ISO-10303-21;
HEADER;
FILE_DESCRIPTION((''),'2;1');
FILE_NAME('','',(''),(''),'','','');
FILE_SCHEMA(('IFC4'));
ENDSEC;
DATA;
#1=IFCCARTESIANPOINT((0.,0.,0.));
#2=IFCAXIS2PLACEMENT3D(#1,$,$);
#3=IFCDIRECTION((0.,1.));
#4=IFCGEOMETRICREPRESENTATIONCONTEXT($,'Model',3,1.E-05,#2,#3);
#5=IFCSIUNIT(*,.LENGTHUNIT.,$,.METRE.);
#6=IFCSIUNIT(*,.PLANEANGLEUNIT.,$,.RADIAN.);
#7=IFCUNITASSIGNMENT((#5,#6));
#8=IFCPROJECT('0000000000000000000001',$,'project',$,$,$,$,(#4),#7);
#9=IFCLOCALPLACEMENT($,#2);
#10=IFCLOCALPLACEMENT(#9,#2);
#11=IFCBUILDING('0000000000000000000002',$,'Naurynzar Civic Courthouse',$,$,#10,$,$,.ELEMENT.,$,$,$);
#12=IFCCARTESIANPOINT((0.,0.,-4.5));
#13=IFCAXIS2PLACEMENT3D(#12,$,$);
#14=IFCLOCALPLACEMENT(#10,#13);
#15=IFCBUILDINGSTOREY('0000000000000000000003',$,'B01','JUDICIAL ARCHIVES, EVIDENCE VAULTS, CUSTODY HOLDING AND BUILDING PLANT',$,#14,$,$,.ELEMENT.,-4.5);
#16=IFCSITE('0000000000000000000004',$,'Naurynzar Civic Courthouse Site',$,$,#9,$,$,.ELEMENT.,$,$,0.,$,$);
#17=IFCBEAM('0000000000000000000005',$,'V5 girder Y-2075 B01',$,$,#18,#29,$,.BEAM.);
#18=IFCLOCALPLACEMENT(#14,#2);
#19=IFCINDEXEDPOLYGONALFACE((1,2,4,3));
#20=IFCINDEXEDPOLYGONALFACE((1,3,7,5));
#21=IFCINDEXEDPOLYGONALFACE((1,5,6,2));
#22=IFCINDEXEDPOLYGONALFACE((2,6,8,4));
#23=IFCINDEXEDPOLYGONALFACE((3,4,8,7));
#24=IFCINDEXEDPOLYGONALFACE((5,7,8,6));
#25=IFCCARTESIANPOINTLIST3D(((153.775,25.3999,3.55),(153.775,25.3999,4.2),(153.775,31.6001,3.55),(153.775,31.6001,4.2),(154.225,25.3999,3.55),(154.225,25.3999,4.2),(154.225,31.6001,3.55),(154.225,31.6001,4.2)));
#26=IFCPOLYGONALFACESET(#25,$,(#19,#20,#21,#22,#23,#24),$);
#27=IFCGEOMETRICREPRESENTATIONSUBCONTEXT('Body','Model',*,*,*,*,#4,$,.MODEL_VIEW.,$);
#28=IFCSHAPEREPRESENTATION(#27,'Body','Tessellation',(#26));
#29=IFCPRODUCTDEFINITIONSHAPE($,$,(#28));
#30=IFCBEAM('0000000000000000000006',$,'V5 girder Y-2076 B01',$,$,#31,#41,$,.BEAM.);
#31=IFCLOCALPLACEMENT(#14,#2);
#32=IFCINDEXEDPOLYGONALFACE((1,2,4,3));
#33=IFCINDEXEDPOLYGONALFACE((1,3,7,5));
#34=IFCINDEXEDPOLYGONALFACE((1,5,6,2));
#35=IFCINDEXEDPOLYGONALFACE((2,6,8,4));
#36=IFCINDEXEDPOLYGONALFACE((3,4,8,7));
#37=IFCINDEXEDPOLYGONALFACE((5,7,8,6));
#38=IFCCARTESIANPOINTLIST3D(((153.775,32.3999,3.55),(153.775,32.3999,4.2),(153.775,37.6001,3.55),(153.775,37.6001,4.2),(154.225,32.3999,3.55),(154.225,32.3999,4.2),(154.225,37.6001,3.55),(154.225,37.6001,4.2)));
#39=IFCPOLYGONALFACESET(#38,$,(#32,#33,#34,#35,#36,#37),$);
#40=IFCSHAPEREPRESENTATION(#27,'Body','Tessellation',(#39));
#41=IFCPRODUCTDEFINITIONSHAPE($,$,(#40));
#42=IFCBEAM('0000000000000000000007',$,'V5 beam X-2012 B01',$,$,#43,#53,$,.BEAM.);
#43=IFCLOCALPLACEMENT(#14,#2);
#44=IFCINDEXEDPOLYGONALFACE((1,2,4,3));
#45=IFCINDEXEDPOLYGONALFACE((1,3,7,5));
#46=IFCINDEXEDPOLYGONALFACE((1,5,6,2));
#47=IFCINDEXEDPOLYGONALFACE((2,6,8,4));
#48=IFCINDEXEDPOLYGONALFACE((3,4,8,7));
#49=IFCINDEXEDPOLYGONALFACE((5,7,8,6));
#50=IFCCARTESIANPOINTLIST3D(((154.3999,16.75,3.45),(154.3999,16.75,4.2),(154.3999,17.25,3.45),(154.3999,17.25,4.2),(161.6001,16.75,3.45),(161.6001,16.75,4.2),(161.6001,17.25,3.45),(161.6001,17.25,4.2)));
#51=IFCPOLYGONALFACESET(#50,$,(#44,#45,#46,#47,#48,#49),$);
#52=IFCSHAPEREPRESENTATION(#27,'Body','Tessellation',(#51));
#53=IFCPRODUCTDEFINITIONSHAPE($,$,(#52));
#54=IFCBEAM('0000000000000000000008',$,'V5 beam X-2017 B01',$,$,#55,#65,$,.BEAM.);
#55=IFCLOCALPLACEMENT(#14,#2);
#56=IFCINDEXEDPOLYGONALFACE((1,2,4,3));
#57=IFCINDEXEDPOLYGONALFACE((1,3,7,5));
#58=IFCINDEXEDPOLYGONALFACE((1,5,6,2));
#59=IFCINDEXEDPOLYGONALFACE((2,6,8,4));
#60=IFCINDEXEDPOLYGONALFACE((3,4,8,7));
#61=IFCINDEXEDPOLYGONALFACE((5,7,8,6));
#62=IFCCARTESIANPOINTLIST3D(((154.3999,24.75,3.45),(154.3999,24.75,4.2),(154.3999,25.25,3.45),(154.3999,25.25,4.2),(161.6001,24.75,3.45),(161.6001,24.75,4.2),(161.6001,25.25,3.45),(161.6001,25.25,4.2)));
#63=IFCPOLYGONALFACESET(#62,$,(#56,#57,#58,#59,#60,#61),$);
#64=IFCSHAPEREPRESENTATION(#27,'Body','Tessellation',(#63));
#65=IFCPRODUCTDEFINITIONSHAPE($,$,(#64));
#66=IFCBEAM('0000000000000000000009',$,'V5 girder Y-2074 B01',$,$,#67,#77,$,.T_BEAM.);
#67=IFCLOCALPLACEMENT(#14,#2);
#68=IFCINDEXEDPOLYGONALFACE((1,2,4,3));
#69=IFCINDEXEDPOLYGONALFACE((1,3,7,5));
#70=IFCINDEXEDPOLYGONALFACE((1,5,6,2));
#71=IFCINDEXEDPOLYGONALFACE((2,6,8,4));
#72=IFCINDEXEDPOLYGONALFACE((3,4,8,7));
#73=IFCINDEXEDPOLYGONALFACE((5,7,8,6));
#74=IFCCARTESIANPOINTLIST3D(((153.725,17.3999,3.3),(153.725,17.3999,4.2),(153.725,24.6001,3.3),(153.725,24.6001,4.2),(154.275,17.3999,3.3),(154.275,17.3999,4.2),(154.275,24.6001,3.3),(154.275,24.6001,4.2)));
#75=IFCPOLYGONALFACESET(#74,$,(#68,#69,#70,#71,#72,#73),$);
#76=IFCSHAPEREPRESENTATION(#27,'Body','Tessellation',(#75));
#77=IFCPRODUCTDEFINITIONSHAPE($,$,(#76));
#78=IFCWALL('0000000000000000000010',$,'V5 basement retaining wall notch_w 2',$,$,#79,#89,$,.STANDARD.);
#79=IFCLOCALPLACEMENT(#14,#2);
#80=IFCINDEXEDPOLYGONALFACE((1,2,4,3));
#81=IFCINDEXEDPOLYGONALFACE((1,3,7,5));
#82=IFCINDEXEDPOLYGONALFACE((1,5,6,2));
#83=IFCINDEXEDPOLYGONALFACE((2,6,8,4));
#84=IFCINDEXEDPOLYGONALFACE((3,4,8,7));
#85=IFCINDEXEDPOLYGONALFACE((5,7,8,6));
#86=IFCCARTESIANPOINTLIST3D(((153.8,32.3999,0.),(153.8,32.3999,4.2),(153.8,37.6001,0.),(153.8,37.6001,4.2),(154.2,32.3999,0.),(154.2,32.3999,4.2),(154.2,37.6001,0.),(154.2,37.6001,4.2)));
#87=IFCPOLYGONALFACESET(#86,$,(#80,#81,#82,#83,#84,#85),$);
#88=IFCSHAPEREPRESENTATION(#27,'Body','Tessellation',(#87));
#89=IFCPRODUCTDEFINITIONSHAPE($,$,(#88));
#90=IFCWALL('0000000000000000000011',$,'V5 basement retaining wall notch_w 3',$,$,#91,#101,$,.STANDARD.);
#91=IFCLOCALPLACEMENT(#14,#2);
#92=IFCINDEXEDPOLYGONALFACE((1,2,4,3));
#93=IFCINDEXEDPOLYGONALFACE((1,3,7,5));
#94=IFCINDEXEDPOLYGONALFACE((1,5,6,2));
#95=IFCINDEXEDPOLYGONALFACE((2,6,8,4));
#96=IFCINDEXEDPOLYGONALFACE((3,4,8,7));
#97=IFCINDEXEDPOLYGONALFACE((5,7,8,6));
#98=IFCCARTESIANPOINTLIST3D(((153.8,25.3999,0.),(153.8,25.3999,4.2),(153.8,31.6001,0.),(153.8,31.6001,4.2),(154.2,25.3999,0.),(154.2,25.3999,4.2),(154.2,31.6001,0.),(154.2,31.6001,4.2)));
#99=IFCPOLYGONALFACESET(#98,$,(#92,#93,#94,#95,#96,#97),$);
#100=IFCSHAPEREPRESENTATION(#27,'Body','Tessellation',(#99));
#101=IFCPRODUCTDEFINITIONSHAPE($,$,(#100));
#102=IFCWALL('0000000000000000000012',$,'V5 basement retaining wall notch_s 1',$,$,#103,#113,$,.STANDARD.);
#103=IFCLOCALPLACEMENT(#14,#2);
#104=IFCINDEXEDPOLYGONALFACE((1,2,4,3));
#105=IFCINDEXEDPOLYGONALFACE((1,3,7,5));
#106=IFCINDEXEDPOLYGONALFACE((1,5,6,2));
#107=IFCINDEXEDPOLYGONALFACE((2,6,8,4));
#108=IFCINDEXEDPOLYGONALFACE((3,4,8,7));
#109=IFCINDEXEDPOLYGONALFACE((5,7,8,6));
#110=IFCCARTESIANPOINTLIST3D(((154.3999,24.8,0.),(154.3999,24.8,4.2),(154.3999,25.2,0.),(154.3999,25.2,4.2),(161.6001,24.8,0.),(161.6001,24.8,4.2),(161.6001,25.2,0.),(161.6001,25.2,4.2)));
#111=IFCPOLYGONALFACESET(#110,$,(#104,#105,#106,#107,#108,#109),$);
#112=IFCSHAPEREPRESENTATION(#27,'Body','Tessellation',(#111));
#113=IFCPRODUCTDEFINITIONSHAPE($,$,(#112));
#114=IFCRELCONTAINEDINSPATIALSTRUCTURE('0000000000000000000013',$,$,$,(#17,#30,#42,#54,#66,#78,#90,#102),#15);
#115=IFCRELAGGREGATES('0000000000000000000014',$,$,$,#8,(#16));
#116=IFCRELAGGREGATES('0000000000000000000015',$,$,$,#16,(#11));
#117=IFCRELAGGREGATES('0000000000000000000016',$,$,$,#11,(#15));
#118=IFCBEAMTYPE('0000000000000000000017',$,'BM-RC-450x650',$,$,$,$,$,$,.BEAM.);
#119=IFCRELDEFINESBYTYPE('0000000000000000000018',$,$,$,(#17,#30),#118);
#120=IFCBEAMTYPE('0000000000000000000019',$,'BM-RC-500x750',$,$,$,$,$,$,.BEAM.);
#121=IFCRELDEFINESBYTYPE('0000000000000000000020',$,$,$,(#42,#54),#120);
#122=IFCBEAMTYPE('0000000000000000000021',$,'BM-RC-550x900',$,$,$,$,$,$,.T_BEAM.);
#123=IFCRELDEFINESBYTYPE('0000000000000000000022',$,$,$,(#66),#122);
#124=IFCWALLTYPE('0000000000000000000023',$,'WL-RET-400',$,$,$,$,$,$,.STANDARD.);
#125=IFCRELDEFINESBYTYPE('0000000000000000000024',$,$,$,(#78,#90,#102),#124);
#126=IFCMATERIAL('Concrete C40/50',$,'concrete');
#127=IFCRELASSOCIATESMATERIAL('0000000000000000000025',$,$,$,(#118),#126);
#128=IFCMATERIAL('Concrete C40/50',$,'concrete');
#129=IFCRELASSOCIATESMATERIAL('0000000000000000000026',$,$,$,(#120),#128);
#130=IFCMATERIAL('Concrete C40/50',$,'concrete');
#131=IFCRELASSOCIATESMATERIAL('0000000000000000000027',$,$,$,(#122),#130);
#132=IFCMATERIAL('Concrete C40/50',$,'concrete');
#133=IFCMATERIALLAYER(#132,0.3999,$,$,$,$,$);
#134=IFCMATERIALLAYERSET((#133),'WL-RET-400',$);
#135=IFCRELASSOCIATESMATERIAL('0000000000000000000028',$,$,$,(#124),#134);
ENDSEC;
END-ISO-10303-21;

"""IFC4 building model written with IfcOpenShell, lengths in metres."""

from ifc_helpers import new_model, si_unit, direction, frame, frame_2d, origin, origin_2d, place, context, subcontext, project, spatial, rectangle, extrude, material, layer, layer_set, material_profile, profile_set, type_object, element, save


model = new_model("IFC4")

# Units and contexts
model_context = context("Model", 3, precision=1e-05, world=origin(), true_north=direction((0.0, 1.0)))
body_context = subcontext(model_context, "Body", "Model", "MODEL_VIEW")
ifc_project = project(units=[si_unit("LENGTHUNIT", "METRE"), si_unit("PLANEANGLEUNIT", "RADIAN")], contexts=[model_context])

# Site, building, storey
site_placement = place(None, origin())
site = spatial("IfcSite", under=ifc_project, at=site_placement, Name="Naurynzar Civic Courthouse Site", CompositionType="ELEMENT", RefElevation=0.0)
building_placement = place(site_placement, origin())
building = spatial("IfcBuilding", under=site, at=building_placement, Name="Naurynzar Civic Courthouse", CompositionType="ELEMENT")
storey_placement = place(building_placement, frame((0.0, 0.0, -4.5)))
storey = spatial("IfcBuildingStorey", under=building, at=storey_placement, Name="B01", Description="JUDICIAL ARCHIVES, EVIDENCE VAULTS, CUSTODY HOLDING AND BUILDING PLANT", CompositionType="ELEMENT", Elevation=-4.5)

# Beams
ifc_material_1 = material(Name="Concrete C40/50", Category="concrete")
ifc_material_profile_1 = material_profile(ifc_material_1, rectangle(XDim=0.45, YDim=0.6499, at=origin_2d()), Name="RCB 450x650")
ifc_profile_set_1 = profile_set([ifc_material_profile_1], Name="Concrete C40/50")
beam_type_1 = type_object("IfcBeamType", Name="BM-RC-450x650", PredefinedType="BEAM", material=ifc_profile_set_1)
beam_1_placement = place(storey_placement, frame((154.0, 25.3999, 3.875), z_axis=(0.0, 1.0, 0.0), x_axis=(-1.0, 0.0, 0.0)))
element("IfcBeam", 1, at=beam_1_placement, inside=storey, type_object=beam_type_1, Name="V5 girder Y-2075 B01", PredefinedType="BEAM", context=body_context, shape_type="SweptSolid", body=[
    extrude(rectangle(XDim=0.45, YDim=0.6499, at=origin_2d()), origin(), (0.0, 0.0, 1.0), 6.2002),
])
beam_2_placement = place(storey_placement, frame((154.0, 32.3999, 3.875), z_axis=(0.0, 1.0, 0.0), x_axis=(-1.0, 0.0, 0.0)))
element("IfcBeam", 2, at=beam_2_placement, inside=storey, type_object=beam_type_1, Name="V5 girder Y-2076 B01", PredefinedType="BEAM", context=body_context, shape_type="SweptSolid", body=[
    extrude(rectangle(XDim=0.45, YDim=0.6499, at=origin_2d()), origin(), (0.0, 0.0, 1.0), 5.2002),
])
ifc_material_2 = material(Name="Concrete C40/50", Category="concrete")
ifc_material_profile_2 = material_profile(ifc_material_2, rectangle(XDim=0.5, YDim=0.75, at=origin_2d()), Name="RCB 500x750")
ifc_profile_set_2 = profile_set([ifc_material_profile_2], Name="Concrete C40/50")
beam_type_2 = type_object("IfcBeamType", Name="BM-RC-500x750", PredefinedType="BEAM", material=ifc_profile_set_2)
for number, where, z_axis, x_axis, name in (
    (3, (154.3999, 17.0, 3.825), (1.0, 0.0, 0.0), (0.0, 1.0, 0.0), "V5 beam X-2012 B01"),
    (4, (154.3999, 25.0, 3.825), (1.0, 0.0, 0.0), (0.0, 1.0, 0.0), "V5 beam X-2017 B01"),
):
    element("IfcBeam", number, at=place(storey_placement, frame(where, z_axis=z_axis, x_axis=x_axis)), inside=storey, type_object=beam_type_2, Name=name, PredefinedType="BEAM", context=body_context, shape_type="SweptSolid", body=[
        extrude(rectangle(XDim=0.5, YDim=0.75, at=origin_2d()), origin(), (0.0, 0.0, 1.0), 7.2002),
    ])
ifc_material_3 = material(Name="Concrete C40/50", Category="concrete")
ifc_material_profile_3 = material_profile(ifc_material_3, rectangle(XDim=0.55, YDim=0.8999, at=origin_2d()), Name="RCB 550x900")
ifc_profile_set_3 = profile_set([ifc_material_profile_3], Name="Concrete C40/50")
beam_type_3 = type_object("IfcBeamType", Name="BM-RC-550x900", PredefinedType="T_BEAM", material=ifc_profile_set_3)
beam_3_placement = place(storey_placement, frame((154.0, 17.3999, 3.75), z_axis=(0.0, 1.0, 0.0), x_axis=(-1.0, 0.0, 0.0)))
element("IfcBeam", 5, at=beam_3_placement, inside=storey, type_object=beam_type_3, Name="V5 girder Y-2074 B01", PredefinedType="T_BEAM", context=body_context, shape_type="SweptSolid", body=[
    extrude(rectangle(XDim=0.55, YDim=0.8999, at=origin_2d()), origin(), (0.0, 0.0, 1.0), 7.2002),
])

# Walls
ifc_material_4 = material(Name="Concrete C40/50", Category="concrete")
ifc_layer = layer(ifc_material_4, 0.3999)
ifc_layer_set = layer_set([ifc_layer], Name="WL-RET-400")
wall_type = type_object("IfcWallType", Name="WL-RET-400", PredefinedType="STANDARD", material=ifc_layer_set)
wall_1_placement = place(storey_placement, frame((154.0, 37.6001, 0.0), z_axis=(0.0, 0.0, 1.0), x_axis=(0.0, -1.0, 0.0)))
element("IfcWall", 6, at=wall_1_placement, inside=storey, type_object=wall_type, Name="V5 basement retaining wall notch_w 2", PredefinedType="STANDARD", context=body_context, shape_type="SweptSolid", body=[
    extrude(rectangle(XDim=5.2002, YDim=0.3999, at=frame_2d((2.6001, 0.0))), origin(), (0.0, 0.0, 1.0), 4.2),
])
wall_2_placement = place(storey_placement, frame((154.0, 31.6001, 0.0), z_axis=(0.0, 0.0, 1.0), x_axis=(0.0, -1.0, 0.0)))
element("IfcWall", 7, at=wall_2_placement, inside=storey, type_object=wall_type, Name="V5 basement retaining wall notch_w 3", PredefinedType="STANDARD", context=body_context, shape_type="SweptSolid", body=[
    extrude(rectangle(XDim=6.2002, YDim=0.3999, at=frame_2d((3.1001, 0.0))), origin(), (0.0, 0.0, 1.0), 4.2),
])
wall_3_placement = place(storey_placement, frame((154.3999, 25.0, 0.0), z_axis=(0.0, 0.0, 1.0), x_axis=(1.0, 0.0, 0.0)))
element("IfcWall", 8, at=wall_3_placement, inside=storey, type_object=wall_type, Name="V5 basement retaining wall notch_s 1", PredefinedType="STANDARD", context=body_context, shape_type="SweptSolid", body=[
    extrude(rectangle(XDim=7.2002, YDim=0.3999, at=frame_2d((3.6001, 0.0))), origin(), (0.0, 0.0, 1.0), 4.2),
])

save(model, "model.ifc")
